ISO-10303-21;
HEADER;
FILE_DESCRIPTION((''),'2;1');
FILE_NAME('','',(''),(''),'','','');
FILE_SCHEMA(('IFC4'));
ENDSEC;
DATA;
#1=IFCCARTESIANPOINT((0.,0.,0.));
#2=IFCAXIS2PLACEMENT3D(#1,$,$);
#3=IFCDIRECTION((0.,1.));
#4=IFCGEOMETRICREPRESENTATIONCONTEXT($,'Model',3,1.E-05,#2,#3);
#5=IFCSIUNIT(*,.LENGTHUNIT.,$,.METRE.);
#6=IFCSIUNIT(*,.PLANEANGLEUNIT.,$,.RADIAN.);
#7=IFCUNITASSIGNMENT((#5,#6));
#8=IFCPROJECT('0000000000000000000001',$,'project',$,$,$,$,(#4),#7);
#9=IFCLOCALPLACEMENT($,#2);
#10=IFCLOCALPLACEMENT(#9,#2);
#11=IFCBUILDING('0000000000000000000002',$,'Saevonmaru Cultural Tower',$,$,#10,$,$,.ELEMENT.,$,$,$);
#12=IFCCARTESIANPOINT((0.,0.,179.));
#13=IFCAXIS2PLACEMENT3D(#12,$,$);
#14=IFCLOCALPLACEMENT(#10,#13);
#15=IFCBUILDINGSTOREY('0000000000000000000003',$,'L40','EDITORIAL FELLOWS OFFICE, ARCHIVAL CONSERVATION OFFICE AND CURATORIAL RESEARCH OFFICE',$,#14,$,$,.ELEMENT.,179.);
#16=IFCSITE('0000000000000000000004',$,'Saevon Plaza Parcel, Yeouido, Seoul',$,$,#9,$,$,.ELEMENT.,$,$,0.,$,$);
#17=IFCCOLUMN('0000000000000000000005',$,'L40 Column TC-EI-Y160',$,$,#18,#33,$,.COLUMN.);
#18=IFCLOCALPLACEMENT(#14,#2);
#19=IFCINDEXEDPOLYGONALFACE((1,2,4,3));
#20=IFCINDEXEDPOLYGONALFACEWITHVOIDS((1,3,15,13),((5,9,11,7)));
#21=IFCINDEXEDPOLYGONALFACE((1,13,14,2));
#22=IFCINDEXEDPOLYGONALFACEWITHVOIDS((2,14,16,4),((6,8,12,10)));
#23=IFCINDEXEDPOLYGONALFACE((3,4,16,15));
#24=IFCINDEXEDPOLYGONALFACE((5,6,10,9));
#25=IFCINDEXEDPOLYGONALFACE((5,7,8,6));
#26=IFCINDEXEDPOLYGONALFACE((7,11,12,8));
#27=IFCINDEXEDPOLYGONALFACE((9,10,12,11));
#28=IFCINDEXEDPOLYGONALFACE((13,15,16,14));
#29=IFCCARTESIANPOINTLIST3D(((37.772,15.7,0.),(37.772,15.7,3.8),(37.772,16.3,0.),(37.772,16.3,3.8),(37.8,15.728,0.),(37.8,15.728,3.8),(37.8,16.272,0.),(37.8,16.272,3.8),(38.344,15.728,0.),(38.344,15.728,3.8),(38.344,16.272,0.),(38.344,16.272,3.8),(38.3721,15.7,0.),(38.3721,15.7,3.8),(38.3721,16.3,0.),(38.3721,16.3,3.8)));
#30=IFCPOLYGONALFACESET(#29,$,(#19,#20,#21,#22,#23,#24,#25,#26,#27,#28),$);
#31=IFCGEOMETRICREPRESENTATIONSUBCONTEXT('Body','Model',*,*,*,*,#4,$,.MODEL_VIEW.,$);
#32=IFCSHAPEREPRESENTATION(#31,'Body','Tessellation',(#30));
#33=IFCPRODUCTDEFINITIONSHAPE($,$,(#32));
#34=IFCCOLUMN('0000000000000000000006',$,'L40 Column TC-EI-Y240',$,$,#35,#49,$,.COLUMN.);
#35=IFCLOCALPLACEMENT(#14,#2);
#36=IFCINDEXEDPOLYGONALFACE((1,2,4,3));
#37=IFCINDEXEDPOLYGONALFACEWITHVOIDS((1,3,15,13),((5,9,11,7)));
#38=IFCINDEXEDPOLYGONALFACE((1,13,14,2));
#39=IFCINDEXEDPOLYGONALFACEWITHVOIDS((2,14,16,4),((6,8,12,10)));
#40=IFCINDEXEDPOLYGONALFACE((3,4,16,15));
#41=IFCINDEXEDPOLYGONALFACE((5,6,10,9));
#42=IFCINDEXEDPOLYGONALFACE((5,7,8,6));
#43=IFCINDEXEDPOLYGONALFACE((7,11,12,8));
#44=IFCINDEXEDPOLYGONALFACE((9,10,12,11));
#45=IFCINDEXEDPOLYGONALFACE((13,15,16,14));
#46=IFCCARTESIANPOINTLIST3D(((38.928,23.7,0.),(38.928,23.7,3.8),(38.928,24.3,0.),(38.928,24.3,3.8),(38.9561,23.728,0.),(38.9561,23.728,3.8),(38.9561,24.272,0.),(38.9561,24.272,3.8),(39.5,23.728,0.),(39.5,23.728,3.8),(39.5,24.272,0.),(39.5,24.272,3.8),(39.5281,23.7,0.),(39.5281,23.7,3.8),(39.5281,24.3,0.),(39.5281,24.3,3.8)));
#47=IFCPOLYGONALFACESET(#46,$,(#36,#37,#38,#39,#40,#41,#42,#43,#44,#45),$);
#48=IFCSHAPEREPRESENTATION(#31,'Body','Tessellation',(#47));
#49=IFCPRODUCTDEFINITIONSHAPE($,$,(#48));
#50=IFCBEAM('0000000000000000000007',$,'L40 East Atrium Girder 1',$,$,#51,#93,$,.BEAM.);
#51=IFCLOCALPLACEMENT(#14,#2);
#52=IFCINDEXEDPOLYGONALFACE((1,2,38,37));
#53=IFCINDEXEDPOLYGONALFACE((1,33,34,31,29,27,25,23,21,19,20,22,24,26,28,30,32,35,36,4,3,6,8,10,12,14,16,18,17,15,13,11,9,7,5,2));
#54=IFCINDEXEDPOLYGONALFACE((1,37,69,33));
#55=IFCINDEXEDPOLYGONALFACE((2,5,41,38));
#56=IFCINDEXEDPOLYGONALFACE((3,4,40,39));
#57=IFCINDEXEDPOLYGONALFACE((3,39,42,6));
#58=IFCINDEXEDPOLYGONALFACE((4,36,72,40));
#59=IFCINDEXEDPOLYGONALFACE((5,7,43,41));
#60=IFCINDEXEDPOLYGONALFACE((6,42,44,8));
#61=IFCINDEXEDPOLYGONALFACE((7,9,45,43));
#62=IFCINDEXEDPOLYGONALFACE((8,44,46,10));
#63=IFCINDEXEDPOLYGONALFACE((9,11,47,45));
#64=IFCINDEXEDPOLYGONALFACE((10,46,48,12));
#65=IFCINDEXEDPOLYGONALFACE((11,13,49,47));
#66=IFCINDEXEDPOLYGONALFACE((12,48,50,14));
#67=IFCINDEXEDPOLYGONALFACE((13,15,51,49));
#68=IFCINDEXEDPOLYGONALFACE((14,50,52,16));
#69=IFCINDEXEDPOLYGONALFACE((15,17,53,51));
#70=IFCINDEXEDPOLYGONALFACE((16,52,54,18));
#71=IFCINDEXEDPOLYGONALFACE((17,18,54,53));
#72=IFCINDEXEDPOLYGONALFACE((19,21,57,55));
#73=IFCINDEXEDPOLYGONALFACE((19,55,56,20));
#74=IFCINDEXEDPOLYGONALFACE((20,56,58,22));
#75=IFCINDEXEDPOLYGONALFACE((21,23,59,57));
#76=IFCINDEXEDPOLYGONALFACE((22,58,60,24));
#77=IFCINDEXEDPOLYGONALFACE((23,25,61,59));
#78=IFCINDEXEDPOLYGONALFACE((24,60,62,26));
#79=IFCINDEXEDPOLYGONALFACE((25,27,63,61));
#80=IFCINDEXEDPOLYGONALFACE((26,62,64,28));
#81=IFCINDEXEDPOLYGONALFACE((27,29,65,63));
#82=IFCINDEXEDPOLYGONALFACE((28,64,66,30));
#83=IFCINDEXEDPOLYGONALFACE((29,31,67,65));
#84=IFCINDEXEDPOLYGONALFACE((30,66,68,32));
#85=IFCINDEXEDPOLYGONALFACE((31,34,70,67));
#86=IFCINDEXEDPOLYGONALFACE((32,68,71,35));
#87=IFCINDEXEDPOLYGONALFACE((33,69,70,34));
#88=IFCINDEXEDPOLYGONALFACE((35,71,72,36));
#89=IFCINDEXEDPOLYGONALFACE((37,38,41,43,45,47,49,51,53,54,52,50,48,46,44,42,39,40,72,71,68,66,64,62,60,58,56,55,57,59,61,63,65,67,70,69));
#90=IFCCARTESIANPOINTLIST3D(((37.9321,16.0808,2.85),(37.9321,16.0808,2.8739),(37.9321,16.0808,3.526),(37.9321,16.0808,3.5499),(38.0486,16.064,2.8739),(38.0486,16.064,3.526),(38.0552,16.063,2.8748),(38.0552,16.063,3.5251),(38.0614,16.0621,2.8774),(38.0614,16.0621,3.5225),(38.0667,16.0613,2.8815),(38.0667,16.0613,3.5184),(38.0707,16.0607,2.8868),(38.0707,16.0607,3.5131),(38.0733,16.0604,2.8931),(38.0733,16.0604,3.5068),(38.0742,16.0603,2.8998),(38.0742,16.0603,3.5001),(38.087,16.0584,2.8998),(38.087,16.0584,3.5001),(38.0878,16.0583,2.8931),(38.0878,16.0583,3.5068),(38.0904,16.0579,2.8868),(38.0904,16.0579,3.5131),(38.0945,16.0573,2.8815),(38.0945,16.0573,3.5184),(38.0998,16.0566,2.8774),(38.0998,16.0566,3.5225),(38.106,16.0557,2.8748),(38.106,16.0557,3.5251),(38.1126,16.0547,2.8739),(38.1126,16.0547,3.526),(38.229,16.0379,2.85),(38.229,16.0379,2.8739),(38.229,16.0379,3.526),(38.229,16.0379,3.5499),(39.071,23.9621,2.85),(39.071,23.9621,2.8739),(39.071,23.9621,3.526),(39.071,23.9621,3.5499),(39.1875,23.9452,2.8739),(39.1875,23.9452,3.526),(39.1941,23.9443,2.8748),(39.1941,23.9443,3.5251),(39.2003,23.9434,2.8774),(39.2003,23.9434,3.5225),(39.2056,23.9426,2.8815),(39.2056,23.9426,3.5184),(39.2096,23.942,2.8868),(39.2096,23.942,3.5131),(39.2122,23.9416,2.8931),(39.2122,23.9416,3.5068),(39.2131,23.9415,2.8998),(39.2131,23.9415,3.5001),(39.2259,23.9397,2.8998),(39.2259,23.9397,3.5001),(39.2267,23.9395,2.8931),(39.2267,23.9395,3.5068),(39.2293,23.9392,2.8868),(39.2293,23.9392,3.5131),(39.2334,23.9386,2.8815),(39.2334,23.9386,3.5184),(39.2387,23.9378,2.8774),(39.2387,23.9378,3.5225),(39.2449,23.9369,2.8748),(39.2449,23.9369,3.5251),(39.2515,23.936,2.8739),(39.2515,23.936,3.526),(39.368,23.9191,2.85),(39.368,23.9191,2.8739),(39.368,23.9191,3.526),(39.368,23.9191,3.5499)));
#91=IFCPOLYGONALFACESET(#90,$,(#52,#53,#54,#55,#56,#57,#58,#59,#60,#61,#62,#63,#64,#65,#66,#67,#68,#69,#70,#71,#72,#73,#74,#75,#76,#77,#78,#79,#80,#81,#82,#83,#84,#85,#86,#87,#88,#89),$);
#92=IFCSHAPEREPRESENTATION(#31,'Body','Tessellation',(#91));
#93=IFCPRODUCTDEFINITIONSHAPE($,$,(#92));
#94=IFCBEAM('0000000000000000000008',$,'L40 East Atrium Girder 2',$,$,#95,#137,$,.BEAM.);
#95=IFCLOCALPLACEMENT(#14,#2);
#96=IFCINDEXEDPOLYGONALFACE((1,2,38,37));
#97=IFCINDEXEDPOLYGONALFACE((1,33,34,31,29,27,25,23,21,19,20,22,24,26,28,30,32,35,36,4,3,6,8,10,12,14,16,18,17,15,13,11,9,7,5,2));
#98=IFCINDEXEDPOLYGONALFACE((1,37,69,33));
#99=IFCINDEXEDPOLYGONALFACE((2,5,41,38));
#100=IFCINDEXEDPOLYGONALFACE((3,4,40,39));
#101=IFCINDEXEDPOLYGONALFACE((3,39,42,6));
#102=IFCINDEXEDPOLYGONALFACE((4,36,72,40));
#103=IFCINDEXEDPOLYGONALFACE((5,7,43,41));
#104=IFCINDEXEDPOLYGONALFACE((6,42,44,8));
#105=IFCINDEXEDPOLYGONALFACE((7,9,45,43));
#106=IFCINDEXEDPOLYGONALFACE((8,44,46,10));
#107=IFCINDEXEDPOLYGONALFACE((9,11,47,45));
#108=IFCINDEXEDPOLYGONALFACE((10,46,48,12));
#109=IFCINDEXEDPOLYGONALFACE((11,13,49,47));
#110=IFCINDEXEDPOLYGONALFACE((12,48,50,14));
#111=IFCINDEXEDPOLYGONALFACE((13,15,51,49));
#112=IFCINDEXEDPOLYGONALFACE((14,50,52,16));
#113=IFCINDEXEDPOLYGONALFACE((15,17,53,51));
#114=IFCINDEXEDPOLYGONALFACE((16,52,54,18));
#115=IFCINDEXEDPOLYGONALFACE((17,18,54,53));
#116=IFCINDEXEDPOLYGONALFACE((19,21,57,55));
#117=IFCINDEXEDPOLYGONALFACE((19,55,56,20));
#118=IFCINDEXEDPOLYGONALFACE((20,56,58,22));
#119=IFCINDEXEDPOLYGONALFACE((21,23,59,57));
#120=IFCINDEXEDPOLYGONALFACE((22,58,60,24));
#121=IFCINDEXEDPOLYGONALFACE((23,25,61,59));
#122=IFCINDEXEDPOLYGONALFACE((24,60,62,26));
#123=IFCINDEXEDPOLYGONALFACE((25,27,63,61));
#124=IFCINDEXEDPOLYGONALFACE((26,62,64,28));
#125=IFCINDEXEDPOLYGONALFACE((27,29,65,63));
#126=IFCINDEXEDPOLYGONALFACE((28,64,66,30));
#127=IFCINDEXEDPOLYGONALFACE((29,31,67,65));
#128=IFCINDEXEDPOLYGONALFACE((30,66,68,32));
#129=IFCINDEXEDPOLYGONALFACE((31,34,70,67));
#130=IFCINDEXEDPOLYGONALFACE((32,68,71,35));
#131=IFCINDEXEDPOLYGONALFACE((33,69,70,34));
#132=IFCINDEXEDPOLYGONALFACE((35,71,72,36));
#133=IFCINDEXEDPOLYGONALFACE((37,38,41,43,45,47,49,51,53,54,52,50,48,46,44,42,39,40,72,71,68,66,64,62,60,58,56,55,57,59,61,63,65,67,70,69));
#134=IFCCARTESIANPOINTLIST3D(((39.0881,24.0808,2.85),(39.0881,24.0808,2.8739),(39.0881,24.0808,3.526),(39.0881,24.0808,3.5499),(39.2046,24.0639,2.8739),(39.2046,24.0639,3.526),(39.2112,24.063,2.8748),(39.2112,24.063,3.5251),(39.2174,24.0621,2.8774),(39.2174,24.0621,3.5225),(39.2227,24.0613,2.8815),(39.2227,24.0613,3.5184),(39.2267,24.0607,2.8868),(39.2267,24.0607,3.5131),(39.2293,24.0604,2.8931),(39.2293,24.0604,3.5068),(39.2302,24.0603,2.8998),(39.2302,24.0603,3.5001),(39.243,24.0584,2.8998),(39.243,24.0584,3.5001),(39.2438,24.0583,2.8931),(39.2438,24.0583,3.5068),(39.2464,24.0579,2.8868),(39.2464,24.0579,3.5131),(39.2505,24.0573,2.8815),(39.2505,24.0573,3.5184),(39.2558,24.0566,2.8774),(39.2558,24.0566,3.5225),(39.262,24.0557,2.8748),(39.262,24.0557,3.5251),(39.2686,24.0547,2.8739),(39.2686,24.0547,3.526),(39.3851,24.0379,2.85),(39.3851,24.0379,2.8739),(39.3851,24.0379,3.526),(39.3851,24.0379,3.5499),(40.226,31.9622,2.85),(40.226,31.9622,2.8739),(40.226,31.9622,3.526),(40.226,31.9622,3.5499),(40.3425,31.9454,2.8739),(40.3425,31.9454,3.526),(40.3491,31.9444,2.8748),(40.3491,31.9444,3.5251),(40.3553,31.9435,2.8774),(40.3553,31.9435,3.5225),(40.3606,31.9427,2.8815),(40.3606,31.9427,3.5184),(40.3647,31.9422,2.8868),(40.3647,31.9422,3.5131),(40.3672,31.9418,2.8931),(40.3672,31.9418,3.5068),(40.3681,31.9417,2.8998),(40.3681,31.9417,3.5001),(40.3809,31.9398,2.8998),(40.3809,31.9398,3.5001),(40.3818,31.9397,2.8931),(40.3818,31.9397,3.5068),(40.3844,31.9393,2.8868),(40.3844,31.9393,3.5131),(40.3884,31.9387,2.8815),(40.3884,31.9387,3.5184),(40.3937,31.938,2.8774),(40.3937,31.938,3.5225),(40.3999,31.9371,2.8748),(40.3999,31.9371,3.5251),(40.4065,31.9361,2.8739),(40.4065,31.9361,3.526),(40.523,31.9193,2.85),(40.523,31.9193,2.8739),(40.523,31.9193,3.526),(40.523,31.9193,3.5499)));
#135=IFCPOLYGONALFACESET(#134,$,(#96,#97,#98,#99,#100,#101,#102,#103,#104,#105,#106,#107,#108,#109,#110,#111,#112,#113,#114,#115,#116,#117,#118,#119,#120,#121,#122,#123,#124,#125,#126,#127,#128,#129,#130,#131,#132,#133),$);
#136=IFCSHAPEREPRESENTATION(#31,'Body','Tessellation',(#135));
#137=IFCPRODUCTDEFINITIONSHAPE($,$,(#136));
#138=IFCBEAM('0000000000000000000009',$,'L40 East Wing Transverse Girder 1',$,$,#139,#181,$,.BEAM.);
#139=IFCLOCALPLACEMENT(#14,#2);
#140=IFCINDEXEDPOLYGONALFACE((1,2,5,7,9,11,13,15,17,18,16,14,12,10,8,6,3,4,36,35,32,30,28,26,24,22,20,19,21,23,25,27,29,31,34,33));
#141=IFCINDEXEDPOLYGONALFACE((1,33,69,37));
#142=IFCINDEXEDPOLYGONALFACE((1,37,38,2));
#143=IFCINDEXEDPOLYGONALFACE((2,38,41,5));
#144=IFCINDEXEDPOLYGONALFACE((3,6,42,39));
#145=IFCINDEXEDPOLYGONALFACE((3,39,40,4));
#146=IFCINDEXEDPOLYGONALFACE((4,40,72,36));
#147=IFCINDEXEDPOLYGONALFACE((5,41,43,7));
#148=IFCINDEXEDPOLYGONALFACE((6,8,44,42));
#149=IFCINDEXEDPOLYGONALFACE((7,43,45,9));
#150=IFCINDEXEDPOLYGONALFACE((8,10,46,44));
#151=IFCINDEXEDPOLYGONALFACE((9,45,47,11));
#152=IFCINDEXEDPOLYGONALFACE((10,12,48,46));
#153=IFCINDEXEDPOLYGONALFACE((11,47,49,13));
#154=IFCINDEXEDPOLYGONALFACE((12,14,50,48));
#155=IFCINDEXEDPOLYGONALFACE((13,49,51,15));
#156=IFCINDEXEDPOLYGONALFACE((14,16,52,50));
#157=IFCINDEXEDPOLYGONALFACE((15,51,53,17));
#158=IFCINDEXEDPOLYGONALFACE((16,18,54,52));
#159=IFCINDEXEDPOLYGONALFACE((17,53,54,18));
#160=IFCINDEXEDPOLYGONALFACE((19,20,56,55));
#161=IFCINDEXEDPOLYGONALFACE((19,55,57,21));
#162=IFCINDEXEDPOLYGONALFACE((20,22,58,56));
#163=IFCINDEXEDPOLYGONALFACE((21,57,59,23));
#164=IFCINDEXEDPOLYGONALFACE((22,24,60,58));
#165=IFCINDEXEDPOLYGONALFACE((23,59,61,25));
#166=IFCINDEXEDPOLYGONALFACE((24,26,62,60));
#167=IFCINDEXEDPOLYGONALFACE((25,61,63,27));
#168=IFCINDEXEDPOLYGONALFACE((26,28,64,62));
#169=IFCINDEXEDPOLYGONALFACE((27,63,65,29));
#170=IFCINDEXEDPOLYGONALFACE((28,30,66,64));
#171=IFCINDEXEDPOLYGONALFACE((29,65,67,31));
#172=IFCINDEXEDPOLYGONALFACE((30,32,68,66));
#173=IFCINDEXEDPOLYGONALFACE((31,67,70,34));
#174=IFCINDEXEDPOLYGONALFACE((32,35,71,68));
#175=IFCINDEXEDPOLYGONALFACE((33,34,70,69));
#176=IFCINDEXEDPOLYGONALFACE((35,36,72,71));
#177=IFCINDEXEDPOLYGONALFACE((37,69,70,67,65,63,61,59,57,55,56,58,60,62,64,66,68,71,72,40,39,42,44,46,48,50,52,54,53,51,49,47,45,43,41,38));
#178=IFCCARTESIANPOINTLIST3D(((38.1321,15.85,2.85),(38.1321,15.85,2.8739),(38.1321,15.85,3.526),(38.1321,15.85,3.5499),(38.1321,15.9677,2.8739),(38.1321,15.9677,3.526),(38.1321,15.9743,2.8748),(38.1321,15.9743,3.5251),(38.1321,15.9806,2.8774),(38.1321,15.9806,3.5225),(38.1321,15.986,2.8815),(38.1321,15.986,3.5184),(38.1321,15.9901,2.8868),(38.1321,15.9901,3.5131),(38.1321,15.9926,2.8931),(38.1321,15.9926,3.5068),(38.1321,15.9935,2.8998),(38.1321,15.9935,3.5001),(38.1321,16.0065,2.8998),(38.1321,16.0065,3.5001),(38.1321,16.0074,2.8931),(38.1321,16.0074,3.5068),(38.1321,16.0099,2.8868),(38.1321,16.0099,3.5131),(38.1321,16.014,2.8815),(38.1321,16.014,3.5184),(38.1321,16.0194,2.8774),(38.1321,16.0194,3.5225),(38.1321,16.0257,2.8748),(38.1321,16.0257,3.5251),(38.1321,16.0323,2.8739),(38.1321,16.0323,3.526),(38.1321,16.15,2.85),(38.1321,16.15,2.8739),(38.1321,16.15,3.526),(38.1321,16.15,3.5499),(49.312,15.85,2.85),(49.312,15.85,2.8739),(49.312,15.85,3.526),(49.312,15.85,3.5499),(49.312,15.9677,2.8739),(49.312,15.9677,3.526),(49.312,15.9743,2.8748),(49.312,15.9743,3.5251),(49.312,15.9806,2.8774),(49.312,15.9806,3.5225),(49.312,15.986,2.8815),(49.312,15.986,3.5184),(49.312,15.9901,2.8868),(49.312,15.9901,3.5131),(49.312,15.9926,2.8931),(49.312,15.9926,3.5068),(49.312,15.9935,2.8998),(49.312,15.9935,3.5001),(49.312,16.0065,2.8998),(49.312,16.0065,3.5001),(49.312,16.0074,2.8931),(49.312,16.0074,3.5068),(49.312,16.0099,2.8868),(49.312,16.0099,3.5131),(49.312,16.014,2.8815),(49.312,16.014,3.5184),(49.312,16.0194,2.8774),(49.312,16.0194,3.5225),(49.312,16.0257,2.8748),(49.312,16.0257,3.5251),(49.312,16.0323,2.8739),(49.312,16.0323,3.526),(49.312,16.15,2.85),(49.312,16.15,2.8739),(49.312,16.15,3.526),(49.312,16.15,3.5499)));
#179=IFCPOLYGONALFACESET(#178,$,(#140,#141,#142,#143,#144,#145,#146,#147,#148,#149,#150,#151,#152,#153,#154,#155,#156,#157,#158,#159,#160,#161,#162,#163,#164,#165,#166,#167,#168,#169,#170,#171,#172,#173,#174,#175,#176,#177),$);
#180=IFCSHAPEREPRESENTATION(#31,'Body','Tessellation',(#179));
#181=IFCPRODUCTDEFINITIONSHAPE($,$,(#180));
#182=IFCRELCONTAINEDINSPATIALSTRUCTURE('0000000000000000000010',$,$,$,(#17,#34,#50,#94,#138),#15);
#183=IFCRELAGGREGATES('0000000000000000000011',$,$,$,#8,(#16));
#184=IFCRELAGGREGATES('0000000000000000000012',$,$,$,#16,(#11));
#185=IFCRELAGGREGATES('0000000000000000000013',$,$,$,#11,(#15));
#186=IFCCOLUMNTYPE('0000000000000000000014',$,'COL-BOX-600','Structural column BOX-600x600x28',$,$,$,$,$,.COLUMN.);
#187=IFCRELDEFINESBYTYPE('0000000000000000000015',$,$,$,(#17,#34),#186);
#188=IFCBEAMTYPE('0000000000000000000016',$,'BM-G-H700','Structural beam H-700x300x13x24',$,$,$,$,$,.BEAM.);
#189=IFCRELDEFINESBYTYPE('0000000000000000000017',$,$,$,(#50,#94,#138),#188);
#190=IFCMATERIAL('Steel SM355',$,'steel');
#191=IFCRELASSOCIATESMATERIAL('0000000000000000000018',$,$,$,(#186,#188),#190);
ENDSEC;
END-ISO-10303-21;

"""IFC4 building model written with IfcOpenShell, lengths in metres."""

from ifc_helpers import new_model, si_unit, direction, frame, origin, origin_2d, place, context, subcontext, project, spatial, hollow_rectangle, i_section, extrude, material, material_profile, profile_set, type_object, element, save


model = new_model("IFC4")

# Units and contexts
model_context = context("Model", 3, precision=1e-05, world=origin(), true_north=direction((0.0, 1.0)))
body_context = subcontext(model_context, "Body", "Model", "MODEL_VIEW")
ifc_project = project(units=[si_unit("LENGTHUNIT", "METRE"), si_unit("PLANEANGLEUNIT", "RADIAN")], contexts=[model_context])

# Site, building, storey
site_placement = place(None, origin())
site = spatial("IfcSite", under=ifc_project, at=site_placement, Name="Saevon Plaza Parcel, Yeouido, Seoul", CompositionType="ELEMENT", RefElevation=0.0)
building_placement = place(site_placement, origin())
building = spatial("IfcBuilding", under=site, at=building_placement, Name="Saevonmaru Cultural Tower", CompositionType="ELEMENT")
storey_placement = place(building_placement, frame((0.0, 0.0, 179.0)))
storey = spatial("IfcBuildingStorey", under=building, at=storey_placement, Name="L40", Description="EDITORIAL FELLOWS OFFICE, ARCHIVAL CONSERVATION OFFICE AND CURATORIAL RESEARCH OFFICE", CompositionType="ELEMENT", Elevation=179.0)

# Columns
ifc_material_1 = material(Name="Steel SM355", Category="steel")
ifc_material_profile_1 = material_profile(ifc_material_1, hollow_rectangle(XDim=0.6001, YDim=0.6001, WallThickness=0.0281, at=origin_2d()), Name="BOX-600x600x28")
ifc_profile_set_1 = profile_set([ifc_material_profile_1], Name="Steel SM355")
column_type = type_object("IfcColumnType", Name="COL-BOX-600", Description="Structural column BOX-600x600x28", PredefinedType="COLUMN", material=ifc_profile_set_1)
for number, where, z_axis, x_axis, name in (
    (1, (38.072, 16.0, 0.0), (0.0, 0.0, 1.0), (1.0, 0.0, 0.0), "L40 Column TC-EI-Y160"),
    (2, (39.228, 24.0, 0.0), (0.0, 0.0, 1.0), (1.0, 0.0, 0.0), "L40 Column TC-EI-Y240"),
):
    element("IfcColumn", number, at=place(storey_placement, frame(where, z_axis=z_axis, x_axis=x_axis)), inside=storey, type_object=column_type, Name=name, PredefinedType="COLUMN", context=body_context, shape_type="SweptSolid", body=[
        extrude(hollow_rectangle(XDim=0.6001, YDim=0.6001, WallThickness=0.0281, at=origin_2d()), origin(), (0.0, 0.0, 1.0), 3.8),
    ])

# Beams
ifc_material_profile_2 = material_profile(ifc_material_1, i_section(OverallWidth=0.3, OverallDepth=0.7, WebThickness=0.0129, FlangeThickness=0.0239, FilletRadius=0.0259, at=origin_2d()), Name="H-700x300x13x24")
ifc_profile_set_2 = profile_set([ifc_material_profile_2], Name="Steel SM355")
beam_type_1 = type_object("IfcBeamType", Name="BM-G-H700", Description="Structural beam H-700x300x13x24", PredefinedType="BEAM", material=ifc_profile_set_2)
for number, where, z_axis, x_axis, name in (
    (3, (38.0806, 16.0593, 3.2), (0.143022, 0.989719, 0.0), (-0.989719, 0.143022, 0.0), "L40 East Atrium Girder 1"),
    (4, (39.2366, 24.0593, 3.2), (0.142902, 0.989737, 0.0), (-0.989737, 0.142902, 0.0), "L40 East Atrium Girder 2"),
):
    element("IfcBeam", number, at=place(storey_placement, frame(where, z_axis=z_axis, x_axis=x_axis)), inside=storey, type_object=beam_type_1, Name=name, PredefinedType="BEAM", context=body_context, shape_type="SweptSolid", body=[
        extrude(i_section(OverallWidth=0.3, OverallDepth=0.7, WebThickness=0.0129, FlangeThickness=0.0239, FilletRadius=0.0259, at=origin_2d()), origin(), (0.0, 0.0, 1.0), 7.9631),
    ])
for number, where, z_axis, x_axis, name in (
    (5, (38.1321, 16.0, 3.2), (1.0, 0.0, 0.0), (0.0, 1.0, 0.0), "L40 East Wing Transverse Girder 1"),
):
    element("IfcBeam", number, at=place(storey_placement, frame(where, z_axis=z_axis, x_axis=x_axis)), inside=storey, type_object=beam_type_1, Name=name, PredefinedType="BEAM", context=body_context, shape_type="SweptSolid", body=[
        extrude(i_section(OverallWidth=0.3, OverallDepth=0.7, WebThickness=0.0129, FlangeThickness=0.0239, FilletRadius=0.0259, at=origin_2d()), origin(), (0.0, 0.0, 1.0), 11.1799),
    ])

save(model, "model.ifc")
